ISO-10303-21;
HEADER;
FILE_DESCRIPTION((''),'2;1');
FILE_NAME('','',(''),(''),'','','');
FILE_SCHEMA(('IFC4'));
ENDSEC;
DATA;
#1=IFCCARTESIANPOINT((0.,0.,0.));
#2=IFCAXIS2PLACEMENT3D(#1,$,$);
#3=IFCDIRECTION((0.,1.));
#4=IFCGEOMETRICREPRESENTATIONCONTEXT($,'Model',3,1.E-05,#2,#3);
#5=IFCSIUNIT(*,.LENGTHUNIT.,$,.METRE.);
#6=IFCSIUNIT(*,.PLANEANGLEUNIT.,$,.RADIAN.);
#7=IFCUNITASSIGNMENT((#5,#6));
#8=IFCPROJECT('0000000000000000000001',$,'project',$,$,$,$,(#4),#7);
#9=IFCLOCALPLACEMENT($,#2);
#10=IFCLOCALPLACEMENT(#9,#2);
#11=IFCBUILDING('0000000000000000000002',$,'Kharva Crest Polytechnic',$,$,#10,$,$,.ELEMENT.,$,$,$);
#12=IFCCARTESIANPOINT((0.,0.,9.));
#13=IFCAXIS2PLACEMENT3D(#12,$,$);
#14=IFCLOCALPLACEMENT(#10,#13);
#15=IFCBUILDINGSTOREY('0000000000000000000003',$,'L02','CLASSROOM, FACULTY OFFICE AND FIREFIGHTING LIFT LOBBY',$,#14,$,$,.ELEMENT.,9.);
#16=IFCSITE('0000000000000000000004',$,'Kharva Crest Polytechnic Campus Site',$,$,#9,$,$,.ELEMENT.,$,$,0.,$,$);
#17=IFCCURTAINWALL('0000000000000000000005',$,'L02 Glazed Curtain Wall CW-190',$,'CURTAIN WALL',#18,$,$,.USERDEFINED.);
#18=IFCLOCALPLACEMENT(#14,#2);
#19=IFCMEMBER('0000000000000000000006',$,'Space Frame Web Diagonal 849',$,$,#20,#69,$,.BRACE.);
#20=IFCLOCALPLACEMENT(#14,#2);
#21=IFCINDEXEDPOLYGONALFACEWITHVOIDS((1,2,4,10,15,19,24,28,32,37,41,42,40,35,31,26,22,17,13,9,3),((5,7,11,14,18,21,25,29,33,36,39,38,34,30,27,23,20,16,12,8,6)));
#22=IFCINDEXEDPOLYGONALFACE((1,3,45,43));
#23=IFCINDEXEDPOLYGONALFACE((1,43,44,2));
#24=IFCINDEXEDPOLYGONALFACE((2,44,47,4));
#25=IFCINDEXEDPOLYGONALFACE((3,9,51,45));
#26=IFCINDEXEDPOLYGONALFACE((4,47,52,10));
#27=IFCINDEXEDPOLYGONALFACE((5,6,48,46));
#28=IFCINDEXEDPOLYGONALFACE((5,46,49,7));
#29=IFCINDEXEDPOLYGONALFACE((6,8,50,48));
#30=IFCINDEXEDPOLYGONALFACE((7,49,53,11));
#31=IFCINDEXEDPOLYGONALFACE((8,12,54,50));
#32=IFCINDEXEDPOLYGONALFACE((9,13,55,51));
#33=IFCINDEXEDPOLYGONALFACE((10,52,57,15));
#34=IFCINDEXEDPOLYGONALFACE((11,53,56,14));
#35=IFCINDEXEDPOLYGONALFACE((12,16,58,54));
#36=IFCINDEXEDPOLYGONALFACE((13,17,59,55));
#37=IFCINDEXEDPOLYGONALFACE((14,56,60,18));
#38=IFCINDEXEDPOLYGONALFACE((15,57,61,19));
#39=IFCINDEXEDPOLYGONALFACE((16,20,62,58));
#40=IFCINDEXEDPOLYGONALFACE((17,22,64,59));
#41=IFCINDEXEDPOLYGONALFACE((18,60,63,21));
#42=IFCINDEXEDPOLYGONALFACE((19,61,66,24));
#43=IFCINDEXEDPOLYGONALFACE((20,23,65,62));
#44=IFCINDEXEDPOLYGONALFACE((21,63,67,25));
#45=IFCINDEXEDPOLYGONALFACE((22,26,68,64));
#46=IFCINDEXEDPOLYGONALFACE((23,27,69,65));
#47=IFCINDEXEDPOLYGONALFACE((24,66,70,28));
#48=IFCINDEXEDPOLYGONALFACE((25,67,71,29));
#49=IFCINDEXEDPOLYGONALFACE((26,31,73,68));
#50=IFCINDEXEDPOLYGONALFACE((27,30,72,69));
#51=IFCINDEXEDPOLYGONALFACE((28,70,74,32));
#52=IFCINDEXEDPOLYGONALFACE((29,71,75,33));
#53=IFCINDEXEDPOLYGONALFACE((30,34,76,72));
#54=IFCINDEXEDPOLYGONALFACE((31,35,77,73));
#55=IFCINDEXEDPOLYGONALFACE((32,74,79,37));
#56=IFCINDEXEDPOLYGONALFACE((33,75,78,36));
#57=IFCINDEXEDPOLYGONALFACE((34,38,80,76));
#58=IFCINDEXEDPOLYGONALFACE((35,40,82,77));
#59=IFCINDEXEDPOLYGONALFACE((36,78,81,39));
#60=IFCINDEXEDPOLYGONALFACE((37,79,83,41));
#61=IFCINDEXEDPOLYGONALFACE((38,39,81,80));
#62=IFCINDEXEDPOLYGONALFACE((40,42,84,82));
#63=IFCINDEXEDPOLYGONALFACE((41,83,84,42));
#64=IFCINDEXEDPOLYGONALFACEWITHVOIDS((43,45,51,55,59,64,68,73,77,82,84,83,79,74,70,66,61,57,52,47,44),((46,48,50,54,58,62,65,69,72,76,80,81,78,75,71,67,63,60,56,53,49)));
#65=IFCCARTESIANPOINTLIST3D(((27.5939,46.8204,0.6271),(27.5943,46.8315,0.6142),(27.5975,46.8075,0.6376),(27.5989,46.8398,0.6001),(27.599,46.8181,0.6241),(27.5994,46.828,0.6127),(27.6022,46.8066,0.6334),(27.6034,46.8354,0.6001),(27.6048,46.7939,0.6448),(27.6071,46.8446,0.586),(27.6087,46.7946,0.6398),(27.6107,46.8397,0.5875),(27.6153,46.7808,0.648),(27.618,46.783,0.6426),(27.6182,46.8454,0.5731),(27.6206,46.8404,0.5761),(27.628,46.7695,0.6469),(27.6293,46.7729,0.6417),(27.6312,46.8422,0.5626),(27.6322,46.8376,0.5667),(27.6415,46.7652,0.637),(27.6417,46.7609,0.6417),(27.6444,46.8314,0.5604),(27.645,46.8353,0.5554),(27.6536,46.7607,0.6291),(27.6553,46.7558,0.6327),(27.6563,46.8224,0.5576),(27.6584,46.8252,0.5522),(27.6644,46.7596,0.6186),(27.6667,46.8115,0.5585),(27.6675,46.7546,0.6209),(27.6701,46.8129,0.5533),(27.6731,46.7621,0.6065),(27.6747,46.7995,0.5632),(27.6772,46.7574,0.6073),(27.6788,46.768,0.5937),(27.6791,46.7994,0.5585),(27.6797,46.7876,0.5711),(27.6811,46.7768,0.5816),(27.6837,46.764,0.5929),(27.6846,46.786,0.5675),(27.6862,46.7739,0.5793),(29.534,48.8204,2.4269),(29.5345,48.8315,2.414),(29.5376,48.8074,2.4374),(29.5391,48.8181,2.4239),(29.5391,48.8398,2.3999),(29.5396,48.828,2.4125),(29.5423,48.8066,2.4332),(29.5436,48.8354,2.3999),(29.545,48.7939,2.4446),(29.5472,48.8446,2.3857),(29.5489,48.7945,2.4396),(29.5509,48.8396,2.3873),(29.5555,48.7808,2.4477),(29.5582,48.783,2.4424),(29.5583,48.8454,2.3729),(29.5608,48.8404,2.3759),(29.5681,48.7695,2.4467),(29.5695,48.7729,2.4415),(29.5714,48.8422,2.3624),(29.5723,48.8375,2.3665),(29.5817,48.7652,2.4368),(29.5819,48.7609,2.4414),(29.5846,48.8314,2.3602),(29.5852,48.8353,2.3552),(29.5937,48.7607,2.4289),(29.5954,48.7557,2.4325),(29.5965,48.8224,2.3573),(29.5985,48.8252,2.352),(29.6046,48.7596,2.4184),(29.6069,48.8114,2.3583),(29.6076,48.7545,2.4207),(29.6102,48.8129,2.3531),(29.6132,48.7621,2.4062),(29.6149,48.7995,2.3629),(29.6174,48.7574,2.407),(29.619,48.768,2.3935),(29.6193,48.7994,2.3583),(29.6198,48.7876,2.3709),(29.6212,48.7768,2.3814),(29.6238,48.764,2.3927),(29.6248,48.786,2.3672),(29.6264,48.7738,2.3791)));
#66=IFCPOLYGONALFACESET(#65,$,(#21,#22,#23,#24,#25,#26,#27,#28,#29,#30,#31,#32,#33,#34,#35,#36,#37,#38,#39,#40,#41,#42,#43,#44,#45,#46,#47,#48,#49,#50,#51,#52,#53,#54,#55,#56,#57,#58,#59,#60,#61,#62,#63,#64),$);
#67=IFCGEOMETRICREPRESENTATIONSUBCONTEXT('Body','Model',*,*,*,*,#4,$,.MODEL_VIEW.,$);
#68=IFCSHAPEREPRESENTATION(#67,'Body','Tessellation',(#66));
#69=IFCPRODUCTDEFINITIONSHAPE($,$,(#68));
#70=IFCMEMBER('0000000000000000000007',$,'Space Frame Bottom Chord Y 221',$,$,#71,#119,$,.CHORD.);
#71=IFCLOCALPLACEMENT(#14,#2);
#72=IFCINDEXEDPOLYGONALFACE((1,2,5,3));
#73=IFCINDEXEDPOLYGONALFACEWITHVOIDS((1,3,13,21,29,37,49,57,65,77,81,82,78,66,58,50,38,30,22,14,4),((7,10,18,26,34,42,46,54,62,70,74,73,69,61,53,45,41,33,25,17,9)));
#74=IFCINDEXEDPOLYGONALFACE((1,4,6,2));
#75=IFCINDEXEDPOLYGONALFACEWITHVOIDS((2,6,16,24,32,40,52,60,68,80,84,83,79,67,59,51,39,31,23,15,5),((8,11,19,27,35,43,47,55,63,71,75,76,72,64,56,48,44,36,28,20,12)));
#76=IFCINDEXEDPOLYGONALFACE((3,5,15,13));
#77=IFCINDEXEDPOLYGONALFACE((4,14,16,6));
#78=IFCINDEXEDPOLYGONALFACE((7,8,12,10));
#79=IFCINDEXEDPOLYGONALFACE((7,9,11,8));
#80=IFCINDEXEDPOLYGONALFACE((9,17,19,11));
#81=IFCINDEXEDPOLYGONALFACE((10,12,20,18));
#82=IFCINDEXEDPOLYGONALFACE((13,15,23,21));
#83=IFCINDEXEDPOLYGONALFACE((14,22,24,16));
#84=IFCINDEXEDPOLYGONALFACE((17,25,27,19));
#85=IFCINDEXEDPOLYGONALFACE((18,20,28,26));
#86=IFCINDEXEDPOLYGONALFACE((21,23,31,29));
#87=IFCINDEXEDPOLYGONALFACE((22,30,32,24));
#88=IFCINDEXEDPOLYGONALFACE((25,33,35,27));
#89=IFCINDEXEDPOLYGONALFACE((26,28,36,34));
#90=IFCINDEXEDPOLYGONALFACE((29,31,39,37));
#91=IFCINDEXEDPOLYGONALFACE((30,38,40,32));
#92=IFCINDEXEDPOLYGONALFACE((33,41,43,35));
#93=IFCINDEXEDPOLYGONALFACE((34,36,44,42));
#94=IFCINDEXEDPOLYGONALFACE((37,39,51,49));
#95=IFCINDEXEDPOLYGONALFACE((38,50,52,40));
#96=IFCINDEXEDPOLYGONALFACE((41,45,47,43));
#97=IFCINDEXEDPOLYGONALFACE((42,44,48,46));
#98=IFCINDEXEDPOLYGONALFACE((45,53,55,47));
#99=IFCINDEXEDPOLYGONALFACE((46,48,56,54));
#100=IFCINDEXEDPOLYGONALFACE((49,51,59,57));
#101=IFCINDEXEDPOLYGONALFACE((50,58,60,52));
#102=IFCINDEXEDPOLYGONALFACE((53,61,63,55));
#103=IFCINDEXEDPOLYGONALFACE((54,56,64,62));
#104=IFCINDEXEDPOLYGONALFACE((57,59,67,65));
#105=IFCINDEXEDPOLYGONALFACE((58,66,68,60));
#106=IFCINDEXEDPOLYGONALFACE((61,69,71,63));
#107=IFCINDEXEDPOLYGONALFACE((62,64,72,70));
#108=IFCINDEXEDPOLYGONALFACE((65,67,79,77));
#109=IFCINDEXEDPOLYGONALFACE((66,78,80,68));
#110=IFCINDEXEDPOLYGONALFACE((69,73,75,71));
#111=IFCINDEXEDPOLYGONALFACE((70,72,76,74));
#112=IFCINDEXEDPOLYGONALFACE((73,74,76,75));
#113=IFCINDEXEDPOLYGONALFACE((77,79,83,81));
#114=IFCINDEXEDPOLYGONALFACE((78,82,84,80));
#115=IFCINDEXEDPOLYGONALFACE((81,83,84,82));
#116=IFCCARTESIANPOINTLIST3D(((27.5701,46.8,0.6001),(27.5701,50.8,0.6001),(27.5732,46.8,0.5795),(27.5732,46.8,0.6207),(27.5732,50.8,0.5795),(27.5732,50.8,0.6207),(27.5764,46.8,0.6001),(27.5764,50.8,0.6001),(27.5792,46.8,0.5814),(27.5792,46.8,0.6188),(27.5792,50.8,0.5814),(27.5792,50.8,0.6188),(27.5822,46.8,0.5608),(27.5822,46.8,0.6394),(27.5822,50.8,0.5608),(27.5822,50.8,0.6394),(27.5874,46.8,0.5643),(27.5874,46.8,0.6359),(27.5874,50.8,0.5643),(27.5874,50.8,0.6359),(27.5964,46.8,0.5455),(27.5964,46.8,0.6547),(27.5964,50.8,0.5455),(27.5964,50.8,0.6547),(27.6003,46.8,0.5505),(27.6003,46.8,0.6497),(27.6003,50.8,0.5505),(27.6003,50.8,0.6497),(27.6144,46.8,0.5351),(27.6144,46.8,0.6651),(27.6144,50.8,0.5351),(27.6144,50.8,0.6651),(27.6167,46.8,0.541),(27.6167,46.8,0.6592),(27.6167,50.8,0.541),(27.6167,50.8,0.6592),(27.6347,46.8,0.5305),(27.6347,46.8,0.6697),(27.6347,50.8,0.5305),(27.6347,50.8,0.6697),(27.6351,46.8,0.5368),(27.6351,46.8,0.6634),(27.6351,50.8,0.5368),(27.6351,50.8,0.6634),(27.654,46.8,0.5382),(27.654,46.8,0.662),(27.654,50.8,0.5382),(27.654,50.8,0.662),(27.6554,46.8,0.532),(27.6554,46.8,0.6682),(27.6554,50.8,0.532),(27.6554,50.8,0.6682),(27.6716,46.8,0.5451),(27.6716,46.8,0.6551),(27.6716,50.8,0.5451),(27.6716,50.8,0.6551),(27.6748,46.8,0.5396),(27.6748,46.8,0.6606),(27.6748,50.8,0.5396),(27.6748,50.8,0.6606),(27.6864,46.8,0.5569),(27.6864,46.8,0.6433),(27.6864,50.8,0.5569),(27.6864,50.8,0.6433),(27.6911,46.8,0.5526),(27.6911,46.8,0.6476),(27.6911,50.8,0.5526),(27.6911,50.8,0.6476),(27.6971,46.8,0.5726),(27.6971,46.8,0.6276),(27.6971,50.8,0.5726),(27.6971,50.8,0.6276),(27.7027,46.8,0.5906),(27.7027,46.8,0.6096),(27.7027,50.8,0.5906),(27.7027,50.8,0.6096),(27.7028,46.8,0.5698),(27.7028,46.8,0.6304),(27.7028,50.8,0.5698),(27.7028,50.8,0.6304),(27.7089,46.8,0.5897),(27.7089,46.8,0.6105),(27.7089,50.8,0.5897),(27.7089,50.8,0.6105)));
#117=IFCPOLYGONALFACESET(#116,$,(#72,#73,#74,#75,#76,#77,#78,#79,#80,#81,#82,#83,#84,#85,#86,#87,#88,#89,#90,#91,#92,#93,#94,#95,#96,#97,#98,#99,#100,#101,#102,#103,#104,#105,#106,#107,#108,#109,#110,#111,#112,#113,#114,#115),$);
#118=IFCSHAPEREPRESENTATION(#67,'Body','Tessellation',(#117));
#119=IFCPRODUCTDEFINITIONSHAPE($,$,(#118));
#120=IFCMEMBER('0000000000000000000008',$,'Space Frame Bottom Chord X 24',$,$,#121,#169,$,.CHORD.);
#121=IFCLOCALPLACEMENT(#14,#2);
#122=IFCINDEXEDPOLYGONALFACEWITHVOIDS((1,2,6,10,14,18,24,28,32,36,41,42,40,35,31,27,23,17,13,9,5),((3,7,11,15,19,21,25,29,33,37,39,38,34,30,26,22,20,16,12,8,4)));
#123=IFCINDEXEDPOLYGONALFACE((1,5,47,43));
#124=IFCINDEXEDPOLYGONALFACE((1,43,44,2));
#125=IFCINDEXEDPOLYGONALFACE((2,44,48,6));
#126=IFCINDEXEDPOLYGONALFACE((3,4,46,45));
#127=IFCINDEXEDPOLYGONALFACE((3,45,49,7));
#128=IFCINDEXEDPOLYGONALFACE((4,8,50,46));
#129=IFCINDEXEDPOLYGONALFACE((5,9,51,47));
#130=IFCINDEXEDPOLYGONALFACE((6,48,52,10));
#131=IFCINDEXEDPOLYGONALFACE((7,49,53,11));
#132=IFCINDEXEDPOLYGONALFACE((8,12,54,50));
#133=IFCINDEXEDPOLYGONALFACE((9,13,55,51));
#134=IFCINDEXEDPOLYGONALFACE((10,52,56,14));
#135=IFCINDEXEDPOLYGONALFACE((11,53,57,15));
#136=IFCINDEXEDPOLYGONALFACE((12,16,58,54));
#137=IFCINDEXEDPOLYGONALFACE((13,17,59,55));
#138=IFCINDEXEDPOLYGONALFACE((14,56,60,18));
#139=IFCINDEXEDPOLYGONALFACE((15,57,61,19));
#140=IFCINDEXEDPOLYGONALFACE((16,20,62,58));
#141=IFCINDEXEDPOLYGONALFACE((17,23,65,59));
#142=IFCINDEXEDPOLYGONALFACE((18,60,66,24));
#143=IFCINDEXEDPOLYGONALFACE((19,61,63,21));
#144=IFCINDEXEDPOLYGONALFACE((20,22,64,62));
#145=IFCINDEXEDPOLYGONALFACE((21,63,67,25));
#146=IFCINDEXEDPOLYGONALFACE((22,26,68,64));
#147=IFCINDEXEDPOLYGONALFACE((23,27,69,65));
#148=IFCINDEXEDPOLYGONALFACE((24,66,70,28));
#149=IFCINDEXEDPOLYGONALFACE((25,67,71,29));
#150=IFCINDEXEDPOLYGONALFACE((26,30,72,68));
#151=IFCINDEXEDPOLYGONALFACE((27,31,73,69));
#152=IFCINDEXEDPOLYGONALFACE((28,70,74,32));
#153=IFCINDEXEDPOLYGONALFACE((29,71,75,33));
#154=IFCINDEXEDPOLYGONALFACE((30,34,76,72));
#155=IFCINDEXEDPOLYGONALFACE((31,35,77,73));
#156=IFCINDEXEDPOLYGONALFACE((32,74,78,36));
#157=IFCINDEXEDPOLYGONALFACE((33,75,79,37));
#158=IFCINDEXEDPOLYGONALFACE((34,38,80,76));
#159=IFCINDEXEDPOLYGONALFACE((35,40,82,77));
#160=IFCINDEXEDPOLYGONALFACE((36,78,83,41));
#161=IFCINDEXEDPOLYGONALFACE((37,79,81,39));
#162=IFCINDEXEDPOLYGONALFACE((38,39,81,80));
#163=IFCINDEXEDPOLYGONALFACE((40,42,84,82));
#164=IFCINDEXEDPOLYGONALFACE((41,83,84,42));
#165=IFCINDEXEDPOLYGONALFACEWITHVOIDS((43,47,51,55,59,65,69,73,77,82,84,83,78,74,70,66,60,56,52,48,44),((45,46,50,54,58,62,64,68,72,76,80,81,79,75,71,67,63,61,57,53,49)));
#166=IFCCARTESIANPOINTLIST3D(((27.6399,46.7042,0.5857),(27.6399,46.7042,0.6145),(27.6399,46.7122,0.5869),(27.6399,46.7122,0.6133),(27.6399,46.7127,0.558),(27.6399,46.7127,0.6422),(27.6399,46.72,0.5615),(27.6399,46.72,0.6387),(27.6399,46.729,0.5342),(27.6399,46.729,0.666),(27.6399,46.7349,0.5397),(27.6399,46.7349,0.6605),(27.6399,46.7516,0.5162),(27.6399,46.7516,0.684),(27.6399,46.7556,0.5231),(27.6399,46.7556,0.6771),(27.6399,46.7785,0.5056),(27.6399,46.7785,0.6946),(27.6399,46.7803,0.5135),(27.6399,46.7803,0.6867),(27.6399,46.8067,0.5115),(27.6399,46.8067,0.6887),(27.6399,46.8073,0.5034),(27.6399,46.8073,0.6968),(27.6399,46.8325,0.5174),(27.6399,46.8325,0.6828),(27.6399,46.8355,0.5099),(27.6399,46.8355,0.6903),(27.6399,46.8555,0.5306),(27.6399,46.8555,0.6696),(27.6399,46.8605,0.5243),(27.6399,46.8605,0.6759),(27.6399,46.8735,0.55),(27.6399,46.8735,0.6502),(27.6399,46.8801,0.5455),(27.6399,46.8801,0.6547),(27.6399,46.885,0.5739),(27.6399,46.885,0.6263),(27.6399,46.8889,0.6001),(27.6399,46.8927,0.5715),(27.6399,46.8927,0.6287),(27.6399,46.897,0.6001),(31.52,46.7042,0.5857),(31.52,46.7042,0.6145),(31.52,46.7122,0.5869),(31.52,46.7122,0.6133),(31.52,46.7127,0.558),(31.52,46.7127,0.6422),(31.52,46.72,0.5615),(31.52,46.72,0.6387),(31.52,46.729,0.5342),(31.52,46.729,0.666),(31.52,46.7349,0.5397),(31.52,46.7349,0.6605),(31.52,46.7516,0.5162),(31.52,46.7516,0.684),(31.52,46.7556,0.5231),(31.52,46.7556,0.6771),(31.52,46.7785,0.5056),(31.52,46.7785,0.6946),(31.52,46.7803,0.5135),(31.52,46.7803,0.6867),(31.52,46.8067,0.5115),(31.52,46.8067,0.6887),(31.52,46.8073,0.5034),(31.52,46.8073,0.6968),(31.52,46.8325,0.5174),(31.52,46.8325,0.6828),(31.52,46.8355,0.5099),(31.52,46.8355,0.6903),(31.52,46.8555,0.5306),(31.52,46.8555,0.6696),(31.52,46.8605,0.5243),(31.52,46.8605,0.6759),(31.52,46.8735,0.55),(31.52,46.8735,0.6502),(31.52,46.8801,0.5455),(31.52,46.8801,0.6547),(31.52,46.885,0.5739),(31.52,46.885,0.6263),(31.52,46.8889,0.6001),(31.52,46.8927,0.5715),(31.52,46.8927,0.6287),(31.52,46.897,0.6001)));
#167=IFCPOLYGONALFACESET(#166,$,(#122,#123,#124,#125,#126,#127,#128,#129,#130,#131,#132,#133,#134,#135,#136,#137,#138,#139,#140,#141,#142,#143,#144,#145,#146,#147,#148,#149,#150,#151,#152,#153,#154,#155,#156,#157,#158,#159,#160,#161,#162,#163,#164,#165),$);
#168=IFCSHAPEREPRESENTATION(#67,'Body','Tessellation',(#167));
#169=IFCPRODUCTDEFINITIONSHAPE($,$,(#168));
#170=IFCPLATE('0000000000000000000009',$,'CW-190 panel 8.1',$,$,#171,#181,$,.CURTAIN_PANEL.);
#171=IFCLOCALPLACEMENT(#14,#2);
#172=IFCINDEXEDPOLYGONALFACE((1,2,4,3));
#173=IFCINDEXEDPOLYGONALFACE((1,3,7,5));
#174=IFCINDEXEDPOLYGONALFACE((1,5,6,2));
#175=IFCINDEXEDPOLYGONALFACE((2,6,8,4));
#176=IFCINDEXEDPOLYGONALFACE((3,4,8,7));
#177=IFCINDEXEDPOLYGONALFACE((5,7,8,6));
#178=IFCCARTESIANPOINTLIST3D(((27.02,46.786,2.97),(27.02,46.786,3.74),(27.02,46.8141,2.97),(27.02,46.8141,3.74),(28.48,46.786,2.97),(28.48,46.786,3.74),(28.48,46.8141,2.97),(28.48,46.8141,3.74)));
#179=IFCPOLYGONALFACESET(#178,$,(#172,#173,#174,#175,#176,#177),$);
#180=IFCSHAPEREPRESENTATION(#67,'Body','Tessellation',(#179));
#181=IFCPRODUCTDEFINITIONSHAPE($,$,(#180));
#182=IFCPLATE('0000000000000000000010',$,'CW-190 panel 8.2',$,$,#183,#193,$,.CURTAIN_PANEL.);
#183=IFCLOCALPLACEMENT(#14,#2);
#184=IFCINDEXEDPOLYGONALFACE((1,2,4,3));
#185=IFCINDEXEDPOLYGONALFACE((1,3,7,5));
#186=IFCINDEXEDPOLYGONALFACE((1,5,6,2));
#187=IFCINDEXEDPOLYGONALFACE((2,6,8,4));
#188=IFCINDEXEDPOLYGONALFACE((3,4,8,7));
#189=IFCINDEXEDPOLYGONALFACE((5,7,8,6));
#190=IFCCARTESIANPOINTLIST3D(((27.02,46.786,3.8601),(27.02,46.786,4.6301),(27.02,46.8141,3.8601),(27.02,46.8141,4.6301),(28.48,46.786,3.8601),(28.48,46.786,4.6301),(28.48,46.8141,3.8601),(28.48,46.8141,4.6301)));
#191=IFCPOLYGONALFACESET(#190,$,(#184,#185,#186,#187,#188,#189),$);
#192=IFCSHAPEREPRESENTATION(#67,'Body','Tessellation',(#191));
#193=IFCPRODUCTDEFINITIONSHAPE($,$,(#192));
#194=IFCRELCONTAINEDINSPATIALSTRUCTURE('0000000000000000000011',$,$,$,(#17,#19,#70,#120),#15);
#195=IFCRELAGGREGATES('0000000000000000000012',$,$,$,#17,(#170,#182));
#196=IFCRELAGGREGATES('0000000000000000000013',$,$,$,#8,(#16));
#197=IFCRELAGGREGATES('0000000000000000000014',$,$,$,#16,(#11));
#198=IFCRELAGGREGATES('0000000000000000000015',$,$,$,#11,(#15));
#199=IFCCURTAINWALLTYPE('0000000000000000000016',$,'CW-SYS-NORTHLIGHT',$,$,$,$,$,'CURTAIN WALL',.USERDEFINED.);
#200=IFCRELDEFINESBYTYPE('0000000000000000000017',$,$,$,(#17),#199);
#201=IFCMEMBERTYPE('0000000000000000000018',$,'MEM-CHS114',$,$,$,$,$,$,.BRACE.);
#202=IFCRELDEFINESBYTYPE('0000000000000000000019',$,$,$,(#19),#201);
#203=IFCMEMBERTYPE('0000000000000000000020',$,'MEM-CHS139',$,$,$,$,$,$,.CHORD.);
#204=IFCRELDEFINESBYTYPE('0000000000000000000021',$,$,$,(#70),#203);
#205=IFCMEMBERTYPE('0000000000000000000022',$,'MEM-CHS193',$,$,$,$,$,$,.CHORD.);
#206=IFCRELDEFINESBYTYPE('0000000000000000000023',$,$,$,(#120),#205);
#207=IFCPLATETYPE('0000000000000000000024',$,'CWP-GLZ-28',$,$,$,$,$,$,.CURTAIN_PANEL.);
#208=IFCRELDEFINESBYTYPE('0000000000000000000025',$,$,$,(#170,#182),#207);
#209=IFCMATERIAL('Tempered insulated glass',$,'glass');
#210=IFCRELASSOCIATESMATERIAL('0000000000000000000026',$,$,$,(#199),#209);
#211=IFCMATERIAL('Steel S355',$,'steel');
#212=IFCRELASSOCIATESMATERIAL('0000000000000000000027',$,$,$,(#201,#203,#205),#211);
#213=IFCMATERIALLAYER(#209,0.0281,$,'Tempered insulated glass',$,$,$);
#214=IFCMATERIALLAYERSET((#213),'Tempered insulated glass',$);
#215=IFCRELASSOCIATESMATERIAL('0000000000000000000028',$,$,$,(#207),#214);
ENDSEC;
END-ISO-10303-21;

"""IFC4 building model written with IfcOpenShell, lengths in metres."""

from ifc_helpers import new_model, si_unit, direction, frame, origin, origin_2d, place, context, subcontext, project, spatial, rectangle, hollow_circle, extrude, material, layer, layer_set, material_profile, profile_set, type_object, element, aggregate, save


model = new_model("IFC4")

# Units and contexts
model_context = context("Model", 3, precision=1e-05, world=origin(), true_north=direction((0.0, 1.0)))
body_context = subcontext(model_context, "Body", "Model", "MODEL_VIEW")
ifc_project = project(units=[si_unit("LENGTHUNIT", "METRE"), si_unit("PLANEANGLEUNIT", "RADIAN")], contexts=[model_context])

# Site, building, storey
site_placement = place(None, origin())
site = spatial("IfcSite", under=ifc_project, at=site_placement, Name="Kharva Crest Polytechnic Campus Site", CompositionType="ELEMENT", RefElevation=0.0)
building_placement = place(site_placement, origin())
building = spatial("IfcBuilding", under=site, at=building_placement, Name="Kharva Crest Polytechnic", CompositionType="ELEMENT")
storey_placement = place(building_placement, frame((0.0, 0.0, 9.0)))
storey = spatial("IfcBuildingStorey", under=building, at=storey_placement, Name="L02", Description="CLASSROOM, FACULTY OFFICE AND FIREFIGHTING LIFT LOBBY", CompositionType="ELEMENT", Elevation=9.0)

# Curtain wall
ifc_material_1 = material(Name="Tempered insulated glass", Category="glass")
curtain_wall_type = type_object("IfcCurtainWallType", Name="CW-SYS-NORTHLIGHT", ElementType="CURTAIN WALL", PredefinedType="USERDEFINED", material=ifc_material_1)
curtain_wall_placement = place(storey_placement, origin())
curtain_wall = element("IfcCurtainWall", 1, at=curtain_wall_placement, inside=storey, type_object=curtain_wall_type, Name="L02 Glazed Curtain Wall CW-190", ObjectType="CURTAIN WALL", PredefinedType="USERDEFINED")
ifc_material_2 = material(Name="Steel S355", Category="steel")

# Members
ifc_material_profile_1 = material_profile(ifc_material_2, hollow_circle(Radius=0.0571, WallThickness=0.0063, at=origin_2d()), Name="CHS 114.3X6.3")
ifc_profile_set_1 = profile_set([ifc_material_profile_1], Name="Steel S355")
member_type_1 = type_object("IfcMemberType", Name="MEM-CHS114", PredefinedType="BRACE", material=ifc_profile_set_1)
for number, where, z_axis, x_axis, name in (
    (2, (27.6399, 46.8, 0.6001), (0.584892, 0.602924, 0.542572), (-0.717758, 0.696292, 0.0), "Space Frame Web Diagonal 849"),
):
    element("IfcMember", number, at=place(storey_placement, frame(where, z_axis=z_axis, x_axis=x_axis)), inside=storey, type_object=member_type_1, Name=name, PredefinedType="BRACE", context=body_context, shape_type="SweptSolid", body=[
        extrude(hollow_circle(Radius=0.0571, WallThickness=0.0063, at=origin_2d()), origin(), (0.0, 0.0, 1.0), 3.3171),
    ])
ifc_material_profile_2 = material_profile(ifc_material_2, hollow_circle(Radius=0.0698, WallThickness=0.0063, at=origin_2d()), Name="CHS 139.7X6.3")
ifc_profile_set_2 = profile_set([ifc_material_profile_2], Name="Steel S355")
member_type_2 = type_object("IfcMemberType", Name="MEM-CHS139", PredefinedType="CHORD", material=ifc_profile_set_2)
member_1_placement = place(storey_placement, frame((27.6399, 46.8, 0.6001), z_axis=(0.0, 1.0, 0.0), x_axis=(-1.0, 0.0, 0.0)))
element("IfcMember", 3, at=member_1_placement, inside=storey, type_object=member_type_2, Name="Space Frame Bottom Chord Y 221", PredefinedType="CHORD", context=body_context, shape_type="SweptSolid", body=[
    extrude(hollow_circle(Radius=0.0698, WallThickness=0.0063, at=origin_2d()), origin(), (0.0, 0.0, 1.0), 4.0),
])
ifc_material_profile_3 = material_profile(ifc_material_2, hollow_circle(Radius=0.0969, WallThickness=0.0081, at=origin_2d()), Name="CHS 193.7X8.0")
ifc_profile_set_3 = profile_set([ifc_material_profile_3], Name="Steel S355")
member_type_3 = type_object("IfcMemberType", Name="MEM-CHS193", PredefinedType="CHORD", material=ifc_profile_set_3)
member_2_placement = place(storey_placement, frame((27.6399, 46.8, 0.6001), z_axis=(1.0, 0.0, 0.0), x_axis=(0.0, 1.0, 0.0)))
element("IfcMember", 4, at=member_2_placement, inside=storey, type_object=member_type_3, Name="Space Frame Bottom Chord X 24", PredefinedType="CHORD", context=body_context, shape_type="SweptSolid", body=[
    extrude(hollow_circle(Radius=0.0969, WallThickness=0.0081, at=origin_2d()), origin(), (0.0, 0.0, 1.0), 3.8801),
])

# Plates
ifc_layer_1 = layer(ifc_material_1, 0.0281, Name="Tempered insulated glass")
ifc_layer_set_1 = layer_set([ifc_layer_1], Name="Tempered insulated glass")
plate_type = type_object("IfcPlateType", Name="CWP-GLZ-28", PredefinedType="CURTAIN_PANEL", material=ifc_layer_set_1)
plate_1_placement = place(storey_placement, frame((27.75, 46.8, 2.97), z_axis=(0.0, 0.0, 1.0), x_axis=(1.0, 0.0, 0.0)))
plate_1 = element("IfcPlate", 5, at=plate_1_placement, type_object=plate_type, Name="CW-190 panel 8.1", PredefinedType="CURTAIN_PANEL", context=body_context, shape_type="SweptSolid", body=[
    extrude(rectangle(XDim=1.46, YDim=0.0281, at=origin_2d()), origin(), (0.0, 0.0, 1.0), 0.77),
])
plate_2_placement = place(storey_placement, frame((27.75, 46.8, 3.8601), z_axis=(0.0, 0.0, 1.0), x_axis=(1.0, 0.0, 0.0)))
plate_2 = element("IfcPlate", 6, at=plate_2_placement, type_object=plate_type, Name="CW-190 panel 8.2", PredefinedType="CURTAIN_PANEL", context=body_context, shape_type="SweptSolid", body=[
    extrude(rectangle(XDim=1.46, YDim=0.0281, at=origin_2d()), origin(), (0.0, 0.0, 1.0), 0.77),
])
aggregate(curtain_wall, [plate_1, plate_2])

save(model, "model.ifc")
